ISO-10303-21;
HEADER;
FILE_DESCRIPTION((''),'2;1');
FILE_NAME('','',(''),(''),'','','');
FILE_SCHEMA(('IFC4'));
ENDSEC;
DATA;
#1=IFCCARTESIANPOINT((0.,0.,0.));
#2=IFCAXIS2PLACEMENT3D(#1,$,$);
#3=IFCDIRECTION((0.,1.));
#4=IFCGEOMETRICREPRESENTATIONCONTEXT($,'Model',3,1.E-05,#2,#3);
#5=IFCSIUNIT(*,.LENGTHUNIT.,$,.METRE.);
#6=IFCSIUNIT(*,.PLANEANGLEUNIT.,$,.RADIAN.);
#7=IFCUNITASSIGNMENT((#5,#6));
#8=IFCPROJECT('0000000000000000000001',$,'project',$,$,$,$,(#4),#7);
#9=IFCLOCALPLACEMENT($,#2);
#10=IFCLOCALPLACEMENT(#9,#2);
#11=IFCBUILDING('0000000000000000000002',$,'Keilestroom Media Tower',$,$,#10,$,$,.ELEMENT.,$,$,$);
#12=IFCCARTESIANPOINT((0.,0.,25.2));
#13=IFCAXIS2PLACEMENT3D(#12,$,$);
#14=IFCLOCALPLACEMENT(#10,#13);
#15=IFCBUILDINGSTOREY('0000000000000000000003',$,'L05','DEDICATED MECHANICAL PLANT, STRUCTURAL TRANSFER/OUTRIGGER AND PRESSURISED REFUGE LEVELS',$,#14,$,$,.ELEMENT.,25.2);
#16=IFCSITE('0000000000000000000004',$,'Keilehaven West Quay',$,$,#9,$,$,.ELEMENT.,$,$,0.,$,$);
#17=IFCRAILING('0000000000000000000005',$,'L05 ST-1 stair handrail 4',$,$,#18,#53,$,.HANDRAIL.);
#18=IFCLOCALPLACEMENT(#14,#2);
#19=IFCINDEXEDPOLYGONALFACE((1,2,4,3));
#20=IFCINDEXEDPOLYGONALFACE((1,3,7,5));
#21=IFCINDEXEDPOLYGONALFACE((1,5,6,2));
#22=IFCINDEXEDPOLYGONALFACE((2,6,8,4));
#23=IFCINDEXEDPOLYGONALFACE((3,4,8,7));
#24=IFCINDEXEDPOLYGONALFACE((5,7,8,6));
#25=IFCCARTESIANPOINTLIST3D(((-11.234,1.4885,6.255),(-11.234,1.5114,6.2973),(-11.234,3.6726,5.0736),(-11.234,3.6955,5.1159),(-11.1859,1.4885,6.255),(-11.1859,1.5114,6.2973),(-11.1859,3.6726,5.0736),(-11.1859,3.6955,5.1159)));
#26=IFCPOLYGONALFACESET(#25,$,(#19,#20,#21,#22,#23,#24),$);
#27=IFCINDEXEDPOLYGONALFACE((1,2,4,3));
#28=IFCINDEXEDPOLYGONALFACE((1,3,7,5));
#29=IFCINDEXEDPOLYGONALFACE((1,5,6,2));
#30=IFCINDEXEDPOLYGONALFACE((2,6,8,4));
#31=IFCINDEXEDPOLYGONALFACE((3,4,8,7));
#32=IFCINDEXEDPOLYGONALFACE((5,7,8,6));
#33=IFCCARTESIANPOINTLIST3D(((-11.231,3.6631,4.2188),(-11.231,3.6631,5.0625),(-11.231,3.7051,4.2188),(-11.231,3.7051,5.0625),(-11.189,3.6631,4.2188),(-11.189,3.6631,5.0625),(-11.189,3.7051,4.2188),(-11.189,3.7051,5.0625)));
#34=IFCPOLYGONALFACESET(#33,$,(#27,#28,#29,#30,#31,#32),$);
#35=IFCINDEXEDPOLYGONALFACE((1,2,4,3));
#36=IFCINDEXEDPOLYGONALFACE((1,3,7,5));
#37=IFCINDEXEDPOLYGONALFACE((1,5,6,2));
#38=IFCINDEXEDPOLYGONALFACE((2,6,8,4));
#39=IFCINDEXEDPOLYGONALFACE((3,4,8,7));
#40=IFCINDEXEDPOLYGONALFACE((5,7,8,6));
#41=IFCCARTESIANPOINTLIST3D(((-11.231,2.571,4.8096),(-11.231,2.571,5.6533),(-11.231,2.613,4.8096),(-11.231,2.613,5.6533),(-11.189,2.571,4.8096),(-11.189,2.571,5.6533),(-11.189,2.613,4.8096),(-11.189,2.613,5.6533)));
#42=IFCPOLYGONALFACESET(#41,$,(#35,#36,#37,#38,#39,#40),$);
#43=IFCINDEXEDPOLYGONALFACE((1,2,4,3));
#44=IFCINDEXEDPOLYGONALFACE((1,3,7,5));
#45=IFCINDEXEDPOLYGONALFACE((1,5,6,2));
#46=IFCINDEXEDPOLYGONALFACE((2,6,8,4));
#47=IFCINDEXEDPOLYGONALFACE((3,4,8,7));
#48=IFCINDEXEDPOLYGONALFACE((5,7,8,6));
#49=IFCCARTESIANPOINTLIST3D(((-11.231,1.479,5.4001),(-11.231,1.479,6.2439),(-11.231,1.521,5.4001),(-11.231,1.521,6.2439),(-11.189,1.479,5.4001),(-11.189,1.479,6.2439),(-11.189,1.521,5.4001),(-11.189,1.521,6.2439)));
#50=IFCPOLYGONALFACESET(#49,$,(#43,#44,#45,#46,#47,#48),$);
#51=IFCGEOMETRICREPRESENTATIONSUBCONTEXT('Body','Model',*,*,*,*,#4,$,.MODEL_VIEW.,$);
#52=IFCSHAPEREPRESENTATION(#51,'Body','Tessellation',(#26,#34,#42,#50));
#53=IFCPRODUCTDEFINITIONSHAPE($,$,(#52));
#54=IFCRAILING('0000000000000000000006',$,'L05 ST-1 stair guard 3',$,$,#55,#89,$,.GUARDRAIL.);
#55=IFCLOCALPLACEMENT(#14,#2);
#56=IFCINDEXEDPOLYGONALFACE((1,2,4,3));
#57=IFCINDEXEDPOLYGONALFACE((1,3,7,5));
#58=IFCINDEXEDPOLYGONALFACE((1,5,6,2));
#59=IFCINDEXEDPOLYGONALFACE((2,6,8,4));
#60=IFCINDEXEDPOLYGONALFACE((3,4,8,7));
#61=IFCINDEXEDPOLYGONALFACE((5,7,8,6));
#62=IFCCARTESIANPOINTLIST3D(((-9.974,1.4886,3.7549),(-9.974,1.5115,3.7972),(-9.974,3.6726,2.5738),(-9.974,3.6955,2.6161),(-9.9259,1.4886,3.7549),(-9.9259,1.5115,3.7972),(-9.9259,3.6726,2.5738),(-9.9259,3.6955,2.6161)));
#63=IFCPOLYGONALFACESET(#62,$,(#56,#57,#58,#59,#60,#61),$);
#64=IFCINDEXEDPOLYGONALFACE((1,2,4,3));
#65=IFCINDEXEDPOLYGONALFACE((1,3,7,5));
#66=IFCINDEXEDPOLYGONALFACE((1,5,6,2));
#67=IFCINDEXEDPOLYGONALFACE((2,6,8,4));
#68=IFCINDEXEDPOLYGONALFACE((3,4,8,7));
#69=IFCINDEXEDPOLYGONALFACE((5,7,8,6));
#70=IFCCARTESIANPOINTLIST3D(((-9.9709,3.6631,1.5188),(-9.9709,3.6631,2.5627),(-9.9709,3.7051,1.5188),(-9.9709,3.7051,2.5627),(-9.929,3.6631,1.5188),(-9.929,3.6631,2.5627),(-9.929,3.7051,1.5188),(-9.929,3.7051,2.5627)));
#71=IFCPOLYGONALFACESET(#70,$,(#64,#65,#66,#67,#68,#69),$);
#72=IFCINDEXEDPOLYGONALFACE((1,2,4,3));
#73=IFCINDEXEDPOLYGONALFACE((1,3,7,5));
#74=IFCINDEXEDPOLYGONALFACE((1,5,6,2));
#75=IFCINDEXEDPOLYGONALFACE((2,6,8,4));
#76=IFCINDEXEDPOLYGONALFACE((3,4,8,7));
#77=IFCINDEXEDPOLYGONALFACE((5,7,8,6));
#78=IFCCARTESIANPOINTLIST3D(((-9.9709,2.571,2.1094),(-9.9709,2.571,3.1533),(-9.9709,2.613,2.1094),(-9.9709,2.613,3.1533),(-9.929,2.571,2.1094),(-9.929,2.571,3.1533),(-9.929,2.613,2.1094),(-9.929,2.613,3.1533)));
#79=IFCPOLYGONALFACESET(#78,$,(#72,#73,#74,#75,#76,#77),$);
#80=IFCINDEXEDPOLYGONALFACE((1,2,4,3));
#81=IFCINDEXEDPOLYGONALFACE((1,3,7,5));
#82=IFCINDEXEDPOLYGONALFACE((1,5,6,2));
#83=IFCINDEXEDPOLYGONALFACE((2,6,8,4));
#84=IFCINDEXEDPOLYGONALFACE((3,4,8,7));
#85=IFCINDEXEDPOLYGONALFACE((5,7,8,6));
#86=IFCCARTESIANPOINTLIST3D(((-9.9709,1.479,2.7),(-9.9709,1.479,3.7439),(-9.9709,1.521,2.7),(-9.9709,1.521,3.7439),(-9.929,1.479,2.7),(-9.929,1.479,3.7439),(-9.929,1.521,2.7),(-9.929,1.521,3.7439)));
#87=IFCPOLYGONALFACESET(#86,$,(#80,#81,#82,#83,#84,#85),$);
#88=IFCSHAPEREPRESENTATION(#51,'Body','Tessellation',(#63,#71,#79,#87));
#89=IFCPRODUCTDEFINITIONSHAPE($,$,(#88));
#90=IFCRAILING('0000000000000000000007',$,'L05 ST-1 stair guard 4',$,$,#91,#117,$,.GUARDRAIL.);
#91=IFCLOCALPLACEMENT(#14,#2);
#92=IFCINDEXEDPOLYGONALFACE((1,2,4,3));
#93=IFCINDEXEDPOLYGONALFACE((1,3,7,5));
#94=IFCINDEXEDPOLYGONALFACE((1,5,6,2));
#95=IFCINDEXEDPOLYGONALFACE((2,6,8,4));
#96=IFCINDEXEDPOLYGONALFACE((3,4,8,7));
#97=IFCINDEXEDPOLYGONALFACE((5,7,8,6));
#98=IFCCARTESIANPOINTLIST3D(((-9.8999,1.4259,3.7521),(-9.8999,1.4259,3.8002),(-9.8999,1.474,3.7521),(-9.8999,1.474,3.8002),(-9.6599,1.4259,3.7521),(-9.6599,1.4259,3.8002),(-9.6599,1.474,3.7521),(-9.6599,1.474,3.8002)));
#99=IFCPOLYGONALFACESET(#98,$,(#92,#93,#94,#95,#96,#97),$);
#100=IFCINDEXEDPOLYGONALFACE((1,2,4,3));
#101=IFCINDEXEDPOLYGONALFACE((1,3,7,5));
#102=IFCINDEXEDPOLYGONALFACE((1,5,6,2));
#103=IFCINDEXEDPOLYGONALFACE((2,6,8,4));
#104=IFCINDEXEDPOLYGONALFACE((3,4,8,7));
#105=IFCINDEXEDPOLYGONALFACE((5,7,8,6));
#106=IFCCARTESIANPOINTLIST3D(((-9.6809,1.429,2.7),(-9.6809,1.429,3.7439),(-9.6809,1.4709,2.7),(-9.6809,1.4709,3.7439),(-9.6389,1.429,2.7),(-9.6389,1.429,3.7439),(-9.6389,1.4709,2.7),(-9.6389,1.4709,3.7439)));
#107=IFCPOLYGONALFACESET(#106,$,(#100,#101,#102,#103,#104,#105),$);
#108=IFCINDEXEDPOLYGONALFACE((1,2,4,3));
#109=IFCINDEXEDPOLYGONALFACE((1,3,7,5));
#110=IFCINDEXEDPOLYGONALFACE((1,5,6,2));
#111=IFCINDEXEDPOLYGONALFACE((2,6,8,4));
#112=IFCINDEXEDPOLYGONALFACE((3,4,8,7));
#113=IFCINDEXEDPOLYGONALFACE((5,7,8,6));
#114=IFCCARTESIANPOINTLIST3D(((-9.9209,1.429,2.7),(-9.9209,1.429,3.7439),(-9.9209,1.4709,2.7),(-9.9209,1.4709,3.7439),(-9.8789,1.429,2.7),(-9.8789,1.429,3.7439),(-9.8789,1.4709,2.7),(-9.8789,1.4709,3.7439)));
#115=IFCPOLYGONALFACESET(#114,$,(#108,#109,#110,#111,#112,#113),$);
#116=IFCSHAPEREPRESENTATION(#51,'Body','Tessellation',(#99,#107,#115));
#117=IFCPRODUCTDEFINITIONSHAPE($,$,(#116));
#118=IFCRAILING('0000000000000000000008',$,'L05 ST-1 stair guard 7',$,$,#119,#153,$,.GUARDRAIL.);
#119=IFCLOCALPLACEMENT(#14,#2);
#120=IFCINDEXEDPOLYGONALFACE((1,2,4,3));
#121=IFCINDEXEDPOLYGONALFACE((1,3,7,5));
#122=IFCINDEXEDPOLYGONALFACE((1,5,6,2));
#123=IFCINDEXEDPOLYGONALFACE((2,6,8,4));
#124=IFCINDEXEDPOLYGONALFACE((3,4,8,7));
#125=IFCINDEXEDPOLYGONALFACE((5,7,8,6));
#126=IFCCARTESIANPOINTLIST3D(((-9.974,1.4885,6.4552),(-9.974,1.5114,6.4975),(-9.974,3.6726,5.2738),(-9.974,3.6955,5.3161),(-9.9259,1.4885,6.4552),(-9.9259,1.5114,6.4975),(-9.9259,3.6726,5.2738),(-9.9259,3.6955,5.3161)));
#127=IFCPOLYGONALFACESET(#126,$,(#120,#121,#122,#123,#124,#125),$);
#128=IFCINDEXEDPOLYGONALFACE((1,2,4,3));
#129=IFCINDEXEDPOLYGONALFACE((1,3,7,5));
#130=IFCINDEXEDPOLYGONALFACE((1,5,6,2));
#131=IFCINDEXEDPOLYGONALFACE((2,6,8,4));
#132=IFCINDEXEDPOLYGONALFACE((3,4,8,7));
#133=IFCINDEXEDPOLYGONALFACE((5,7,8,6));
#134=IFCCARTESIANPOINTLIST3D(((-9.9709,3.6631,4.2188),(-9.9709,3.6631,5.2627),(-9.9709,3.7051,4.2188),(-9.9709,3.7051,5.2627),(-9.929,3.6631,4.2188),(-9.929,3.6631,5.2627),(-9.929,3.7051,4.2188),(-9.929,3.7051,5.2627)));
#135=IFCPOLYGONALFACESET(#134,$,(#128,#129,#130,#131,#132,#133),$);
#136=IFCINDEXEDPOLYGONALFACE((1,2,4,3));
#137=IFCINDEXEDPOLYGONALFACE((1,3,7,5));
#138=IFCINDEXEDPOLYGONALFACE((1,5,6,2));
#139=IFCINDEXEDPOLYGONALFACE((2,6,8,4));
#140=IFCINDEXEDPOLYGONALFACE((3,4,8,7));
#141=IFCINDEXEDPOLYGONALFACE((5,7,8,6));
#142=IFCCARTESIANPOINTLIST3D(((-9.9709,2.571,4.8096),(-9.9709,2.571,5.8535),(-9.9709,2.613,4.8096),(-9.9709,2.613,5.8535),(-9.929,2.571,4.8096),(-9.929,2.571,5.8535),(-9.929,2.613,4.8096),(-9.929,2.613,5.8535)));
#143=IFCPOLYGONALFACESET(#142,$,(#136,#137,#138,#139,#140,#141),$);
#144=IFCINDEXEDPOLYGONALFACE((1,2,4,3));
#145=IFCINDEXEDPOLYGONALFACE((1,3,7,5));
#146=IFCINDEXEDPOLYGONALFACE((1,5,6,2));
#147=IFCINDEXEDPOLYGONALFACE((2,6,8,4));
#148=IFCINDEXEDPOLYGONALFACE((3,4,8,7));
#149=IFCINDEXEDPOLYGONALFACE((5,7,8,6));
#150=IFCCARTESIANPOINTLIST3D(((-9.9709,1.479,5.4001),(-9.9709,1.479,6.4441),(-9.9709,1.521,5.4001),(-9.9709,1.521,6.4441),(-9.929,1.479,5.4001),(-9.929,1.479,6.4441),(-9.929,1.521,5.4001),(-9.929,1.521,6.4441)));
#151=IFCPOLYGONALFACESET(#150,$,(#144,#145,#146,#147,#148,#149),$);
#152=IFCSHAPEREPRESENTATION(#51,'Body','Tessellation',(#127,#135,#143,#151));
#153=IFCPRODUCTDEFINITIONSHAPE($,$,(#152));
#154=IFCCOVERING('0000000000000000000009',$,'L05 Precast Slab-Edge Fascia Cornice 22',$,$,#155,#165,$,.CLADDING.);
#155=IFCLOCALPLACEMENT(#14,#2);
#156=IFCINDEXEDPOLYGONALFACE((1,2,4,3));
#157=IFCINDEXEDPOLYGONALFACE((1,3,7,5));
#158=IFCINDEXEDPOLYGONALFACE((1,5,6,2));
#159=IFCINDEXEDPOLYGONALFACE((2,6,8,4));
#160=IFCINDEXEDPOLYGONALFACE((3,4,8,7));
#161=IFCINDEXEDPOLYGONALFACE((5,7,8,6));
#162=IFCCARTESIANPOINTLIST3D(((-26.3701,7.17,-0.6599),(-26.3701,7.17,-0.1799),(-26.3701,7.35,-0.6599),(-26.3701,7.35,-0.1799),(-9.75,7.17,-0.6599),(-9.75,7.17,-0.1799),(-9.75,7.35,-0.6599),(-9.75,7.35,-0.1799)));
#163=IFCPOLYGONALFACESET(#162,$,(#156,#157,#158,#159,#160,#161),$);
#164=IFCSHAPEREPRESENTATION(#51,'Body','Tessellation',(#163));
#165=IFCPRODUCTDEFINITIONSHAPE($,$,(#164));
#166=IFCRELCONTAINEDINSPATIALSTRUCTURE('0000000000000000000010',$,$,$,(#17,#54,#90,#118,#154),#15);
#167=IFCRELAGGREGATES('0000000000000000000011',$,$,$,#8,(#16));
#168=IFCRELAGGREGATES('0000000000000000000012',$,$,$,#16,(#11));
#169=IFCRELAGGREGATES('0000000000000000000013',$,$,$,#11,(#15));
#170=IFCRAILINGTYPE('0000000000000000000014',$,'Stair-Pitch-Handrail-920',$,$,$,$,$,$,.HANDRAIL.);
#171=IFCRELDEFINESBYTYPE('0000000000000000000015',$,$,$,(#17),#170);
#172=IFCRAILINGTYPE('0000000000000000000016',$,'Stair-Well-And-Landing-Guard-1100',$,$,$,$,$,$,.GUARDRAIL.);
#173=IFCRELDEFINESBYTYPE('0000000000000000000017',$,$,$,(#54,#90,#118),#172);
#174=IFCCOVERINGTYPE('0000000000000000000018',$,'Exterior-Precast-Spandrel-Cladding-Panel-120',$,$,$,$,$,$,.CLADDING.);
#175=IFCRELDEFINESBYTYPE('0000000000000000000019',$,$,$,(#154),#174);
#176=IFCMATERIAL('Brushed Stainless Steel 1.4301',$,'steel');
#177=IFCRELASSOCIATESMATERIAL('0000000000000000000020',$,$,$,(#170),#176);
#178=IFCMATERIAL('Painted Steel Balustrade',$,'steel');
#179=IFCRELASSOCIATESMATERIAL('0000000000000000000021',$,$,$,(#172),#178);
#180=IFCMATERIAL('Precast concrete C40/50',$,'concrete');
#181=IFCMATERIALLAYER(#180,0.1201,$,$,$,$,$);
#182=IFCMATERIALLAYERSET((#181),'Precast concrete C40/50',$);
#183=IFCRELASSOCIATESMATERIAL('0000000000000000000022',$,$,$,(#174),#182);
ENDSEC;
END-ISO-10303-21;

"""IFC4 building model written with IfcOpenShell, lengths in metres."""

from ifc_helpers import new_model, si_unit, direction, frame, origin, origin_2d, place, context, subcontext, project, spatial, rectangle, extrude, source, transform, mapped, material, layer, layer_set, type_object, element, save


model = new_model("IFC4")

# Units and contexts
model_context = context("Model", 3, precision=1e-05, world=origin(), true_north=direction((0.0, 1.0)))
body_context = subcontext(model_context, "Body", "Model", "MODEL_VIEW")
ifc_project = project(units=[si_unit("LENGTHUNIT", "METRE"), si_unit("PLANEANGLEUNIT", "RADIAN")], contexts=[model_context])

# Site, building, storey
site_placement = place(None, origin())
site = spatial("IfcSite", under=ifc_project, at=site_placement, Name="Keilehaven West Quay", CompositionType="ELEMENT", RefElevation=0.0)
building_placement = place(site_placement, origin())
building = spatial("IfcBuilding", under=site, at=building_placement, Name="Keilestroom Media Tower", CompositionType="ELEMENT")
storey_placement = place(building_placement, frame((0.0, 0.0, 25.2)))
storey = spatial("IfcBuildingStorey", under=building, at=storey_placement, Name="L05", Description="DEDICATED MECHANICAL PLANT, STRUCTURAL TRANSFER/OUTRIGGER AND PRESSURISED REFUGE LEVELS", CompositionType="ELEMENT", Elevation=25.2)

# Shared definitions
ifc_material_1 = material(Name="Precast concrete C40/50", Category="concrete")

# Railings
ifc_material_2 = material(Name="Brushed Stainless Steel 1.4301", Category="steel")
railing_type_1 = type_object("IfcRailingType", Name="Stair-Pitch-Handrail-920", PredefinedType="HANDRAIL", material=ifc_material_2)
railing_1_placement = place(storey_placement, frame((-11.21, 3.6841, 4.2188)))
element("IfcRailing", 1, at=railing_1_placement, inside=storey, type_object=railing_type_1, Name="L05 ST-1 stair handrail 4", PredefinedType="HANDRAIL", context=body_context, shape_type="SweptSolid", body=[
    extrude(rectangle(XDim=0.0481, YDim=0.0481, at=origin_2d()), frame((0.0, 0.0, 0.876), z_axis=(0.0, -0.87957, 0.47577), x_axis=(1.0, 0.0, 0.0)), (0.0, 0.0, 1.0), 2.4832),
    extrude(rectangle(XDim=0.042, YDim=0.042, at=origin_2d()), origin(), (0.0, 0.0, 1.0), 0.8438),
    extrude(rectangle(XDim=0.042, YDim=0.042, at=origin_2d()), frame((0.0, -1.092, 0.5908)), (0.0, 0.0, 1.0), 0.8438),
    extrude(rectangle(XDim=0.042, YDim=0.042, at=origin_2d()), frame((0.0, -2.1841, 1.1814)), (0.0, 0.0, 1.0), 0.8438),
])
ifc_material_3 = material(Name="Painted Steel Balustrade", Category="steel")
railing_type_2 = type_object("IfcRailingType", Name="Stair-Well-And-Landing-Guard-1100", PredefinedType="GUARDRAIL", material=ifc_material_3)
railing_2_placement = place(storey_placement, frame((-9.95, 3.6841, 1.5188)))
element("IfcRailing", 2, at=railing_2_placement, inside=storey, type_object=railing_type_2, Name="L05 ST-1 stair guard 3", PredefinedType="GUARDRAIL", context=body_context, shape_type="SweptSolid", body=[
    extrude(rectangle(XDim=0.0481, YDim=0.0481, at=origin_2d()), frame((0.0, 0.0, 1.0762), z_axis=(0.0, -0.879611, 0.475694), x_axis=(1.0, 0.0, 0.0)), (0.0, 0.0, 1.0), 2.4829),
    extrude(rectangle(XDim=0.042, YDim=0.042, at=origin_2d()), origin(), (0.0, 0.0, 1.0), 1.0439),
    extrude(rectangle(XDim=0.042, YDim=0.042, at=origin_2d()), frame((0.0, -1.092, 0.5906)), (0.0, 0.0, 1.0), 1.0439),
    extrude(rectangle(XDim=0.042, YDim=0.042, at=origin_2d()), frame((0.0, -2.1841, 1.1812)), (0.0, 0.0, 1.0), 1.0439),
])
railing_3_placement = place(storey_placement, frame((-9.6599, 1.45, 2.7)))
element("IfcRailing", 3, at=railing_3_placement, inside=storey, type_object=railing_type_2, Name="L05 ST-1 stair guard 4", PredefinedType="GUARDRAIL", context=body_context, shape_type="SweptSolid", body=[
    extrude(rectangle(XDim=0.0481, YDim=0.0481, at=origin_2d()), frame((0.0, 0.0, 1.0762), z_axis=(-1.0, 0.0, 0.0), x_axis=(0.0, -1.0, 0.0)), (0.0, 0.0, 1.0), 0.24),
    extrude(rectangle(XDim=0.042, YDim=0.042, at=origin_2d()), origin(), (0.0, 0.0, 1.0), 1.0439),
    extrude(rectangle(XDim=0.042, YDim=0.042, at=origin_2d()), frame((-0.24, 0.0, 0.0)), (0.0, 0.0, 1.0), 1.0439),
])
railing_4_placement = place(storey_placement, frame((-9.95, 3.6841, 4.2188)))
element("IfcRailing", 4, at=railing_4_placement, inside=storey, type_object=railing_type_2, Name="L05 ST-1 stair guard 7", PredefinedType="GUARDRAIL", context=body_context, shape_type="SweptSolid", body=[
    extrude(rectangle(XDim=0.0481, YDim=0.0481, at=origin_2d()), frame((0.0, 0.0, 1.0762), z_axis=(0.0, -0.87957, 0.47577), x_axis=(1.0, 0.0, 0.0)), (0.0, 0.0, 1.0), 2.4832),
    extrude(rectangle(XDim=0.042, YDim=0.042, at=origin_2d()), origin(), (0.0, 0.0, 1.0), 1.0439),
    extrude(rectangle(XDim=0.042, YDim=0.042, at=origin_2d()), frame((0.0, -1.092, 0.5908)), (0.0, 0.0, 1.0), 1.0439),
    extrude(rectangle(XDim=0.042, YDim=0.042, at=origin_2d()), frame((0.0, -2.1841, 1.1814)), (0.0, 0.0, 1.0), 1.0439),
])

# Covering
ifc_layer_1 = layer(ifc_material_1, 0.1201)
ifc_layer_set_1 = layer_set([ifc_layer_1], Name="Precast concrete C40/50")
covering_type = type_object("IfcCoveringType", Name="Exterior-Precast-Spandrel-Cladding-Panel-120", PredefinedType="CLADDING", material=ifc_layer_set_1)
shared_shape_1 = source(origin(), body_context, "Body", "SweptSolid", [
    extrude(rectangle(XDim=16.6201, YDim=0.1799, at=origin_2d()), origin(), (0.0, 0.0, 1.0), 0.48),
])
covering_placement = place(storey_placement, frame((-18.0601, 7.26, -0.6599), z_axis=(0.0, 0.0, 1.0), x_axis=(1.0, 0.0, 0.0)))
element("IfcCovering", 5, at=covering_placement, inside=storey, type_object=covering_type, Name="L05 Precast Slab-Edge Fascia Cornice 22", PredefinedType="CLADDING", context=body_context, shape_type="MappedRepresentation", body=[
    mapped(shared_shape_1, transform((0.0, 0.0, 0.0), x_axis=(1.0, 0.0, 0.0), y_axis=(0.0, 1.0, 0.0), z_axis=(0.0, 0.0, 1.0), scale=1.0)),
])

save(model, "model.ifc")
